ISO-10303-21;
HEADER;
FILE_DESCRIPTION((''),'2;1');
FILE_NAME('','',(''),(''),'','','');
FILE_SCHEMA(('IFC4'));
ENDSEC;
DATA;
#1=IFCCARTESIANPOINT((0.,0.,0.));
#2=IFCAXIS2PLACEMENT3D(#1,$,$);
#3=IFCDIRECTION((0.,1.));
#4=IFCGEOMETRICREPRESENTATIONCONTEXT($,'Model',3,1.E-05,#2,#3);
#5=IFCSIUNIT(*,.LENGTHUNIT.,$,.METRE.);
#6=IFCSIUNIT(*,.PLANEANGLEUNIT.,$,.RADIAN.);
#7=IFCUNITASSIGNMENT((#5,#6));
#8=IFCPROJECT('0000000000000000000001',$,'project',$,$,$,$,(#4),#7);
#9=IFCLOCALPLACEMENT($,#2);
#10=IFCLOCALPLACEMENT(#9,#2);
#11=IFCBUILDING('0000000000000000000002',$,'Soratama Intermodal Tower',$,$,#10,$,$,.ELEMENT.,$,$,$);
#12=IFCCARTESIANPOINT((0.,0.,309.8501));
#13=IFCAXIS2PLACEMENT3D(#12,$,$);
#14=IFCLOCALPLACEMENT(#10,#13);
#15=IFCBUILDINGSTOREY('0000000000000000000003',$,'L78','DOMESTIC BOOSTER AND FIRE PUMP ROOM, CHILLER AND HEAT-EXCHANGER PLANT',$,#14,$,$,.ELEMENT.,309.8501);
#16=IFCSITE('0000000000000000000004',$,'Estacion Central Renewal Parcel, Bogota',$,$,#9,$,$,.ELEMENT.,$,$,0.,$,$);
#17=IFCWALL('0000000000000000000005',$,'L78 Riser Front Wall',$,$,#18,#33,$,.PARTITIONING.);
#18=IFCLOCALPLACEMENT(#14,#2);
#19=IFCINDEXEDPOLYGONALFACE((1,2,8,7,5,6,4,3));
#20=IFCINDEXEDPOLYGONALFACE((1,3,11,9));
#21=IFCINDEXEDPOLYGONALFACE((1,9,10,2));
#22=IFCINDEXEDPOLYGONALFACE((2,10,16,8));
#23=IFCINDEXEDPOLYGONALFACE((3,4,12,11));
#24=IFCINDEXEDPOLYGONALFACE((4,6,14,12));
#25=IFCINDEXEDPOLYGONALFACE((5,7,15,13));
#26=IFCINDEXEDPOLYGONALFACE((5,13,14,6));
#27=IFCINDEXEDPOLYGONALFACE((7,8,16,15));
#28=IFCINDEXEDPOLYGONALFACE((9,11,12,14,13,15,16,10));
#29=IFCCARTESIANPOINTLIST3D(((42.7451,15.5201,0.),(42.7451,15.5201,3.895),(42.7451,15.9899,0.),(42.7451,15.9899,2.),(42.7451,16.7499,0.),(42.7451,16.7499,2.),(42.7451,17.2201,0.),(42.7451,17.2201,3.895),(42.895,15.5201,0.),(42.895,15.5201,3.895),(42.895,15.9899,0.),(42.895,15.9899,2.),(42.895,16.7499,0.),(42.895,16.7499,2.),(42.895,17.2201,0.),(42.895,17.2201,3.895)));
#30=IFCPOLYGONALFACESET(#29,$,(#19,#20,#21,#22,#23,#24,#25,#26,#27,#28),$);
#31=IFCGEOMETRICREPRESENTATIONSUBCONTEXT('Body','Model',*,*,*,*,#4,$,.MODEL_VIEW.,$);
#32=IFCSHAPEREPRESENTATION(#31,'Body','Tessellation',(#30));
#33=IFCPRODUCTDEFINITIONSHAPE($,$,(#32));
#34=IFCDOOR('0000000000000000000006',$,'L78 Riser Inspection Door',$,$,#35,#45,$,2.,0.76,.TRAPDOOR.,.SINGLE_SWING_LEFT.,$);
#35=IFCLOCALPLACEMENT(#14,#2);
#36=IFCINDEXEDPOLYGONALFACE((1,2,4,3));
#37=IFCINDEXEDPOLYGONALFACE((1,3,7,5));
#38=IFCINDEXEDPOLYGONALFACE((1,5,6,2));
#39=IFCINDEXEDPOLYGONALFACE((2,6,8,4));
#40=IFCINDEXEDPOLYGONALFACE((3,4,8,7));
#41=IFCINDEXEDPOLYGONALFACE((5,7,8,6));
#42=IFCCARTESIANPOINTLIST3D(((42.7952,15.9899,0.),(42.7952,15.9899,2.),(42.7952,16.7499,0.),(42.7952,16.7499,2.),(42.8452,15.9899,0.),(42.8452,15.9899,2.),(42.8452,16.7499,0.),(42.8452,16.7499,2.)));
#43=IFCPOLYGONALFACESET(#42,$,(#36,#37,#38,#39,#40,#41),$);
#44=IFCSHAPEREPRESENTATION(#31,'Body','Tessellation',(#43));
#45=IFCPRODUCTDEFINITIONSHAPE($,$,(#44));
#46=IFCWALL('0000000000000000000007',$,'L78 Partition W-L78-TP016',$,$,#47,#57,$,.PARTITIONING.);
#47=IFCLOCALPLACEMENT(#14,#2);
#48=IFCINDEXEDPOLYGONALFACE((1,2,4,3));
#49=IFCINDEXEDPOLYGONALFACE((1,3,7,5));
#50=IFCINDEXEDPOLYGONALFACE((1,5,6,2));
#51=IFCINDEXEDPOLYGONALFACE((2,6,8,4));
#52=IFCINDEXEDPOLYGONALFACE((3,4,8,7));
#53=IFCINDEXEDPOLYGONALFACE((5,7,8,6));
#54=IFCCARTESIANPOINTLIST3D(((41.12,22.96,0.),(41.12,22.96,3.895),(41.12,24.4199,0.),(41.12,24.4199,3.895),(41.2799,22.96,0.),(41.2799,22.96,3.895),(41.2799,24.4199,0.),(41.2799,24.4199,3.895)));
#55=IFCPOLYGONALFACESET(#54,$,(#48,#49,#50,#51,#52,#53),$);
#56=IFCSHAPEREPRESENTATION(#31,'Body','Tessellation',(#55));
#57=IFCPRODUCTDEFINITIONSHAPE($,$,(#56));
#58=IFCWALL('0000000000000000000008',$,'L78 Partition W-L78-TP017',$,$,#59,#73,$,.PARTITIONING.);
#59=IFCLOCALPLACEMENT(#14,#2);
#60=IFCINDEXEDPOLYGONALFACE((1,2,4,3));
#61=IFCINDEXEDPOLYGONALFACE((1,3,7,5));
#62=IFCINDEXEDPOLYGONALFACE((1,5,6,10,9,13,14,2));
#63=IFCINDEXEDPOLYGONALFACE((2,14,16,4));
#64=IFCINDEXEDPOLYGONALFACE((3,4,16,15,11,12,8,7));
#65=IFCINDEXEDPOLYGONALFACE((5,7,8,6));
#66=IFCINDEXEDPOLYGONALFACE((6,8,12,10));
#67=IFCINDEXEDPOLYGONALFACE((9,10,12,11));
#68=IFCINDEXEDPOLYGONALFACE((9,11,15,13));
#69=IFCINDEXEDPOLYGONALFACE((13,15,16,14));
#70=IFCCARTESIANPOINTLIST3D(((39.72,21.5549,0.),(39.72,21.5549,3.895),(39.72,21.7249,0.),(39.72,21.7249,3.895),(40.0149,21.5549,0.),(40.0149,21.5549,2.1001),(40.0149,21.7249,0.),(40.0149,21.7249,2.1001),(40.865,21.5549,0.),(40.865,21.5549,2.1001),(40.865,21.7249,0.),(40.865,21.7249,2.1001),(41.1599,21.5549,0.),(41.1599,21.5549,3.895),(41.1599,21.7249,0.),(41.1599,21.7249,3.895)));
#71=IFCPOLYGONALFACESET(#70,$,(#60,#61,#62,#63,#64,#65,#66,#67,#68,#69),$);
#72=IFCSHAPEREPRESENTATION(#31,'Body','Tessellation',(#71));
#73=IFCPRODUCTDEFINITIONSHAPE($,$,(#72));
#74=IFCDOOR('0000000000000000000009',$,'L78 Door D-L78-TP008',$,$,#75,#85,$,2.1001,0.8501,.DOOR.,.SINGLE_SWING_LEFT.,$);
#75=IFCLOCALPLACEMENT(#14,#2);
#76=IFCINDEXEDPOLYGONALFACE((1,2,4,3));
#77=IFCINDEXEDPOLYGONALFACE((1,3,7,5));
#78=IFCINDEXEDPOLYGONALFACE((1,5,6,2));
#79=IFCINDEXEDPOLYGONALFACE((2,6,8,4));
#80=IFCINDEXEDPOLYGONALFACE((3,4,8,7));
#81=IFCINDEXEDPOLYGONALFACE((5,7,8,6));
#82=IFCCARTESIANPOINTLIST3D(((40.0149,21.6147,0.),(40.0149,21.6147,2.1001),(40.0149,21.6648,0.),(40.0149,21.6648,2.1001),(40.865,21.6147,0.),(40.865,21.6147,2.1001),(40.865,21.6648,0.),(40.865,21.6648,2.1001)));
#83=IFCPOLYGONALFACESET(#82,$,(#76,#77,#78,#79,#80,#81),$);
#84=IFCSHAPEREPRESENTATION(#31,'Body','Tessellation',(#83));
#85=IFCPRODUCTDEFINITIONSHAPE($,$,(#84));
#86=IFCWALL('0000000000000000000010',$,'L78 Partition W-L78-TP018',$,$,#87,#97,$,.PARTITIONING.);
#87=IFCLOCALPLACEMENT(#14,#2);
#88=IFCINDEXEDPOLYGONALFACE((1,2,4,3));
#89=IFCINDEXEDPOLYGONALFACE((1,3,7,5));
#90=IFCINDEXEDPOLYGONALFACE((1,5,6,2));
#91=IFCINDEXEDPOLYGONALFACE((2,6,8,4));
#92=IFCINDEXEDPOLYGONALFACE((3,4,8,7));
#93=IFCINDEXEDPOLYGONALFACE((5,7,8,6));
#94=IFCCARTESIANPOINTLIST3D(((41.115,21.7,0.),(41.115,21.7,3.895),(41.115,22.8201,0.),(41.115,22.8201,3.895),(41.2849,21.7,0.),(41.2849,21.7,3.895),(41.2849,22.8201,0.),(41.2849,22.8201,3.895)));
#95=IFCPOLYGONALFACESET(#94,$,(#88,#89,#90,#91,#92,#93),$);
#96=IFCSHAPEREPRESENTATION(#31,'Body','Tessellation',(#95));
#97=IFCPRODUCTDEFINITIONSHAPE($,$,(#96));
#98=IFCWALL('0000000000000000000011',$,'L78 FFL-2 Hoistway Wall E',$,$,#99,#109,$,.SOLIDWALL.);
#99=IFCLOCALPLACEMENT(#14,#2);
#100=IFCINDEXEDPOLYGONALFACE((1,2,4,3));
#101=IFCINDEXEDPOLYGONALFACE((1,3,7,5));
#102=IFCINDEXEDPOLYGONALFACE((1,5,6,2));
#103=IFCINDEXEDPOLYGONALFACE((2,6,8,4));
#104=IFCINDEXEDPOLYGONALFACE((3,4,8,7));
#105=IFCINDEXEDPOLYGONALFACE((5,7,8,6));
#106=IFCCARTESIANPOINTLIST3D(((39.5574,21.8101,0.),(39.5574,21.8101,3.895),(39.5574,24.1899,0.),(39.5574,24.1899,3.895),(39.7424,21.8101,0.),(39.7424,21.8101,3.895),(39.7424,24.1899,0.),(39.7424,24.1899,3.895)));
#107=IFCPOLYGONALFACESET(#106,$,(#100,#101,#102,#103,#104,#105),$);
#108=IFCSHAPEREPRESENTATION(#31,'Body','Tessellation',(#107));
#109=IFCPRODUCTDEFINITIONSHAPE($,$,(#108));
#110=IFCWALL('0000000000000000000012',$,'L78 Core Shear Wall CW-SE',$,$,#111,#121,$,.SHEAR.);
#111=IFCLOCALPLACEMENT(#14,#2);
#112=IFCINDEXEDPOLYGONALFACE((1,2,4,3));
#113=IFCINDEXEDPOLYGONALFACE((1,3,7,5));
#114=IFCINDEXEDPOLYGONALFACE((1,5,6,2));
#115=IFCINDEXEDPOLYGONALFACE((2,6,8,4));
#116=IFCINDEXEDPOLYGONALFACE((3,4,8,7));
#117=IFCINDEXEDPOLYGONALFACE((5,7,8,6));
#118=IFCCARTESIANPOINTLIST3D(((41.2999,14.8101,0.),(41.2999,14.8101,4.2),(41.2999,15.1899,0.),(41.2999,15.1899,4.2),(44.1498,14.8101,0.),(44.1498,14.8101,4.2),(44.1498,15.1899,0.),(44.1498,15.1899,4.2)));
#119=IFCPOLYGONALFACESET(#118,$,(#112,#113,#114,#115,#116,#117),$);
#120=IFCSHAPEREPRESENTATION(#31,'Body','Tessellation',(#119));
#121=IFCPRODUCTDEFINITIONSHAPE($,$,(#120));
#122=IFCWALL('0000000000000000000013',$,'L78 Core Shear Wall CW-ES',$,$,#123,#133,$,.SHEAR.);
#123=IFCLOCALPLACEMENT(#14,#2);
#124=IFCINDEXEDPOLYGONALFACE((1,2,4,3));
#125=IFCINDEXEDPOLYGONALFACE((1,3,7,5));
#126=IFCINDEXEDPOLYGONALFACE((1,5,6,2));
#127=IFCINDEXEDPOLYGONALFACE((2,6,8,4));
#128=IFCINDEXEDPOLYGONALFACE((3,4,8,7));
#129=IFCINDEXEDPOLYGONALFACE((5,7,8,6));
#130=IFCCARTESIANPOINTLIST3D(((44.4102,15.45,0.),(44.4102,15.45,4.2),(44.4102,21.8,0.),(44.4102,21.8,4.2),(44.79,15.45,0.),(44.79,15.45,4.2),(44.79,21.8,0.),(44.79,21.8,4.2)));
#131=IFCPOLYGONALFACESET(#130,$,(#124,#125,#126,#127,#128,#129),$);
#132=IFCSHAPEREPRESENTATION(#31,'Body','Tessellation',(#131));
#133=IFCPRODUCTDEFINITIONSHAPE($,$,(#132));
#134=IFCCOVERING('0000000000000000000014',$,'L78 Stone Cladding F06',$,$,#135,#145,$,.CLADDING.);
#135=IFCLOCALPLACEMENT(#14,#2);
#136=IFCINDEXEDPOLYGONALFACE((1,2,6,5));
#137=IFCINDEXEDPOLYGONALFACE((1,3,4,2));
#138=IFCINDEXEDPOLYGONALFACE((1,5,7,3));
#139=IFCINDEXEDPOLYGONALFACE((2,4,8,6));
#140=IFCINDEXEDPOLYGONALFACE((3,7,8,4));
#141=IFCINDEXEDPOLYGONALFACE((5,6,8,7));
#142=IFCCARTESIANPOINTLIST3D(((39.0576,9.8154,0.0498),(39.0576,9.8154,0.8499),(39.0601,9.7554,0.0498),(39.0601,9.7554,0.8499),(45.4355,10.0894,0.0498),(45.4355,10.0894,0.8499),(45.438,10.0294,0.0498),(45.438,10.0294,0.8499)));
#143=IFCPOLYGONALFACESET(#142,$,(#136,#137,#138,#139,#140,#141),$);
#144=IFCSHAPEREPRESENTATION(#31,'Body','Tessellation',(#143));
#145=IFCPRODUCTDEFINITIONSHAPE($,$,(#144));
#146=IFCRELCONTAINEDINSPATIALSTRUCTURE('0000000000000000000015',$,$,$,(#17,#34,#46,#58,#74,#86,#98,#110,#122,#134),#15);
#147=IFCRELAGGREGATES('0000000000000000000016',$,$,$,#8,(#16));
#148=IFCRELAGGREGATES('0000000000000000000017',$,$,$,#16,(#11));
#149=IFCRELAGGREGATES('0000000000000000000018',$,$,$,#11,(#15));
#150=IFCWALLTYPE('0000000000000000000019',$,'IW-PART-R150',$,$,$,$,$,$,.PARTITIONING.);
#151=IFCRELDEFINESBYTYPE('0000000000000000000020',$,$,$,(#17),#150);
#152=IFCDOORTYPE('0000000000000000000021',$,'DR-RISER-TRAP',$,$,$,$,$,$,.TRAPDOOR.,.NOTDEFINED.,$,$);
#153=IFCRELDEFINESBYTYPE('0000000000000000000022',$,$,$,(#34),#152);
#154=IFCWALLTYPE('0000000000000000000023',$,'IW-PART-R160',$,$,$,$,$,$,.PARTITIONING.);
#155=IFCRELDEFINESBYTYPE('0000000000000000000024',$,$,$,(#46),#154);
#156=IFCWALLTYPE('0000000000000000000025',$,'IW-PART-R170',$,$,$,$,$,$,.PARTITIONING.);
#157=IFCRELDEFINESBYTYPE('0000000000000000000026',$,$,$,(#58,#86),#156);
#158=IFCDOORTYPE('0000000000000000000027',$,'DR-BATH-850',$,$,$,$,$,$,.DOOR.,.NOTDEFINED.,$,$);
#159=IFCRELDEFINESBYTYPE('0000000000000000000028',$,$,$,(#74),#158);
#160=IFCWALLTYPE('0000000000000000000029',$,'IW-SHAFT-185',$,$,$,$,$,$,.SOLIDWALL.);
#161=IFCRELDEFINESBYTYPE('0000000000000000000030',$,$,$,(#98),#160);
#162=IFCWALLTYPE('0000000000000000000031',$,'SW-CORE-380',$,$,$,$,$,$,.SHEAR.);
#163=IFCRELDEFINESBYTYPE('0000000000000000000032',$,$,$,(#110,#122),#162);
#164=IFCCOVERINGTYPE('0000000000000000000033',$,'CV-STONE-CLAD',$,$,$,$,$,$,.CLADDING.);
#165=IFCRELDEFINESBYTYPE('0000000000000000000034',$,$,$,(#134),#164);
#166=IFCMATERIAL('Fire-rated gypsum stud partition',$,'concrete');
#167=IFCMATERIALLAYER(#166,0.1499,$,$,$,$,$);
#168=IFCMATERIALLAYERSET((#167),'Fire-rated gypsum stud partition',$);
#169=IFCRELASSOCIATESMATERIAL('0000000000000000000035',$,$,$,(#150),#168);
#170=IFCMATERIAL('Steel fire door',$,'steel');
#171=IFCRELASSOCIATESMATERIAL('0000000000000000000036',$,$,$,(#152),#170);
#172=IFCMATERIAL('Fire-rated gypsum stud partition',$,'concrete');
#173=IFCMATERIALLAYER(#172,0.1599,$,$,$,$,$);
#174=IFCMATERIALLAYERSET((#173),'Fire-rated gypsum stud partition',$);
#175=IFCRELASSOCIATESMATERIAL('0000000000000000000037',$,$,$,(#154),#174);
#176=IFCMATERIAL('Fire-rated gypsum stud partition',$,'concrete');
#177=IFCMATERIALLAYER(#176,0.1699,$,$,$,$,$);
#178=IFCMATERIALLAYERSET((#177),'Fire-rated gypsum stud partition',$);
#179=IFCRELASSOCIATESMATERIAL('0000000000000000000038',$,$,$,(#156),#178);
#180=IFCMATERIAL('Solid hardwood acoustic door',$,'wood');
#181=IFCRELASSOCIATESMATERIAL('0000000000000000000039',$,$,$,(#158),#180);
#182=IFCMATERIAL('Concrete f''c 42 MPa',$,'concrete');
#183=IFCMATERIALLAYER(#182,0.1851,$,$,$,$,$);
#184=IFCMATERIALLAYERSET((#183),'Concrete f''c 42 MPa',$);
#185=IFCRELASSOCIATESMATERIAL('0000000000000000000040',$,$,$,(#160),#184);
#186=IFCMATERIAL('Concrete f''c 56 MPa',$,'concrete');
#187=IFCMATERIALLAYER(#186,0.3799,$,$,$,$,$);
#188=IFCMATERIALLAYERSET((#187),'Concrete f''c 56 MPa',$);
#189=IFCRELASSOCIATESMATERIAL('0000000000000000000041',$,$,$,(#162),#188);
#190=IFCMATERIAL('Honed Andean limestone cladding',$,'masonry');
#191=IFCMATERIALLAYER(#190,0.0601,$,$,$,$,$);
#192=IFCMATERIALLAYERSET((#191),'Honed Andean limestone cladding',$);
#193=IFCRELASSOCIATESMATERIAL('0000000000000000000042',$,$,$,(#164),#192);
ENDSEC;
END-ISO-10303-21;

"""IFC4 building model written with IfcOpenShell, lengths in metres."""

from ifc_helpers import new_model, si_unit, direction, frame, frame_2d, origin, origin_2d, place, context, subcontext, project, spatial, rectangle, extrude, material, layer, layer_set, type_object, element, fill, save


model = new_model("IFC4")

# Units and contexts
model_context = context("Model", 3, precision=1e-05, world=origin(), true_north=direction((0.0, 1.0)))
body_context = subcontext(model_context, "Body", "Model", "MODEL_VIEW")
ifc_project = project(units=[si_unit("LENGTHUNIT", "METRE"), si_unit("PLANEANGLEUNIT", "RADIAN")], contexts=[model_context])

# Site, building, storey
site_placement = place(None, origin())
site = spatial("IfcSite", under=ifc_project, at=site_placement, Name="Estacion Central Renewal Parcel, Bogota", CompositionType="ELEMENT", RefElevation=0.0)
building_placement = place(site_placement, origin())
building = spatial("IfcBuilding", under=site, at=building_placement, Name="Soratama Intermodal Tower", CompositionType="ELEMENT")
storey_placement = place(building_placement, frame((0.0, 0.0, 309.8501)))
storey = spatial("IfcBuildingStorey", under=building, at=storey_placement, Name="L78", Description="DOMESTIC BOOSTER AND FIRE PUMP ROOM, CHILLER AND HEAT-EXCHANGER PLANT", CompositionType="ELEMENT", Elevation=309.8501)

# Shared definitions
ifc_material_1 = material(Name="Fire-rated gypsum stud partition", Category="concrete")
ifc_layer_1 = layer(ifc_material_1, 0.1499)
ifc_layer_set_1 = layer_set([ifc_layer_1], Name="Fire-rated gypsum stud partition")
wall_type_1 = type_object("IfcWallType", Name="IW-PART-R150", PredefinedType="PARTITIONING", material=ifc_layer_set_1)

# Wall, opening, door
wall_1_placement = place(storey_placement, frame((42.8201, 15.52, 0.0), z_axis=(0.0, 0.0, 1.0), x_axis=(0.0, 1.0, 0.0)))
wall_1 = element("IfcWall", 1, at=wall_1_placement, inside=storey, type_object=wall_type_1, Name="L78 Riser Front Wall", PredefinedType="PARTITIONING", context=body_context, shape_type="SweptSolid", body=[
    extrude(rectangle(XDim=1.7, YDim=0.1499, at=frame_2d((0.8501, 0.0))), origin(), (0.0, 0.0, 1.0), 3.895),
])
opening_1_placement = place(wall_1_placement, frame((0.47, 0.0, 0.0)))
opening_1 = element("IfcOpeningElement", 2, at=opening_1_placement, cuts=wall_1, PredefinedType="OPENING", context=body_context, shape_type="SweptSolid", body=[
    extrude(rectangle(XDim=0.76, YDim=2.0, at=frame_2d((0.3799, 1.0))), frame((0.0, 0.085, 0.0), z_axis=(0.0, -1.0, 0.0), x_axis=(1.0, 0.0, 0.0)), (0.0, 0.0, 1.0), 0.1699),
])
ifc_material_2 = material(Name="Steel fire door", Category="steel")
door_type_1 = type_object("IfcDoorType", Name="DR-RISER-TRAP", OperationType="NOTDEFINED", PredefinedType="TRAPDOOR", material=ifc_material_2)
door_1_placement = place(opening_1_placement, origin())
door_1 = element("IfcDoor", 3, at=door_1_placement, inside=storey, type_object=door_type_1, Name="L78 Riser Inspection Door", OperationType="SINGLE_SWING_LEFT", OverallHeight=2.0, OverallWidth=0.76, PredefinedType="TRAPDOOR", context=body_context, shape_type="SweptSolid", body=[
    extrude(rectangle(XDim=0.76, YDim=2.0, at=frame_2d((0.3799, 1.0))), frame((0.0, 0.0249, 0.0), z_axis=(0.0, -1.0, 0.0), x_axis=(1.0, 0.0, 0.0)), (0.0, 0.0, 1.0), 0.05),
])
fill(opening_1, door_1)

# Wall
ifc_material_3 = material(Name="Fire-rated gypsum stud partition", Category="concrete")
ifc_layer_2 = layer(ifc_material_3, 0.1599)
ifc_layer_set_2 = layer_set([ifc_layer_2], Name="Fire-rated gypsum stud partition")
wall_type_2 = type_object("IfcWallType", Name="IW-PART-R160", PredefinedType="PARTITIONING", material=ifc_layer_set_2)
wall_2_placement = place(storey_placement, frame((41.2, 22.96, 0.0), z_axis=(0.0, 0.0, 1.0), x_axis=(0.0, 1.0, 0.0)))
element("IfcWall", 4, at=wall_2_placement, inside=storey, type_object=wall_type_2, Name="L78 Partition W-L78-TP016", PredefinedType="PARTITIONING", context=body_context, shape_type="SweptSolid", body=[
    extrude(rectangle(XDim=1.46, YDim=0.1599, at=frame_2d((0.73, 0.0))), origin(), (0.0, 0.0, 1.0), 3.895),
])

# Wall, opening, door
ifc_material_4 = material(Name="Fire-rated gypsum stud partition", Category="concrete")
ifc_layer_3 = layer(ifc_material_4, 0.1699)
ifc_layer_set_3 = layer_set([ifc_layer_3], Name="Fire-rated gypsum stud partition")
wall_type_3 = type_object("IfcWallType", Name="IW-PART-R170", PredefinedType="PARTITIONING", material=ifc_layer_set_3)
wall_3_placement = place(storey_placement, frame((39.72, 21.6399, 0.0), z_axis=(0.0, 0.0, 1.0), x_axis=(1.0, 0.0, 0.0)))
wall_3 = element("IfcWall", 5, at=wall_3_placement, inside=storey, type_object=wall_type_3, Name="L78 Partition W-L78-TP017", PredefinedType="PARTITIONING", context=body_context, shape_type="SweptSolid", body=[
    extrude(rectangle(XDim=1.4399, YDim=0.1699, at=frame_2d((0.72, 0.0))), origin(), (0.0, 0.0, 1.0), 3.895),
])
opening_2_placement = place(wall_3_placement, frame((0.2949, 0.0, 0.0)))
opening_2 = element("IfcOpeningElement", 6, at=opening_2_placement, cuts=wall_3, PredefinedType="OPENING", context=body_context, shape_type="SweptSolid", body=[
    extrude(rectangle(XDim=0.8501, YDim=2.1001, at=frame_2d((0.425, 1.05))), frame((0.0, 0.095, 0.0), z_axis=(0.0, -1.0, 0.0), x_axis=(1.0, 0.0, 0.0)), (0.0, 0.0, 1.0), 0.1899),
])
ifc_material_5 = material(Name="Solid hardwood acoustic door", Category="wood")
door_type_2 = type_object("IfcDoorType", Name="DR-BATH-850", OperationType="NOTDEFINED", PredefinedType="DOOR", material=ifc_material_5)
door_2_placement = place(opening_2_placement, origin())
door_2 = element("IfcDoor", 7, at=door_2_placement, inside=storey, type_object=door_type_2, Name="L78 Door D-L78-TP008", OperationType="SINGLE_SWING_LEFT", OverallHeight=2.1001, OverallWidth=0.8501, PredefinedType="DOOR", context=body_context, shape_type="SweptSolid", body=[
    extrude(rectangle(XDim=0.8501, YDim=2.1001, at=frame_2d((0.425, 1.05))), frame((0.0, 0.0249, 0.0), z_axis=(0.0, -1.0, 0.0), x_axis=(1.0, 0.0, 0.0)), (0.0, 0.0, 1.0), 0.05),
])
fill(opening_2, door_2)

# Walls
wall_4_placement = place(storey_placement, frame((41.2, 21.7, 0.0), z_axis=(0.0, 0.0, 1.0), x_axis=(0.0, 1.0, 0.0)))
element("IfcWall", 8, at=wall_4_placement, inside=storey, type_object=wall_type_3, Name="L78 Partition W-L78-TP018", PredefinedType="PARTITIONING", context=body_context, shape_type="SweptSolid", body=[
    extrude(rectangle(XDim=1.1201, YDim=0.1699, at=frame_2d((0.5601, 0.0))), origin(), (0.0, 0.0, 1.0), 3.895),
])
ifc_material_6 = material(Name="Concrete f'c 42 MPa", Category="concrete")
ifc_layer_4 = layer(ifc_material_6, 0.1851)
ifc_layer_set_4 = layer_set([ifc_layer_4], Name="Concrete f'c 42 MPa")
wall_type_4 = type_object("IfcWallType", Name="IW-SHAFT-185", PredefinedType="SOLIDWALL", material=ifc_layer_set_4)
wall_5_placement = place(storey_placement, frame((39.6499, 21.8101, 0.0), z_axis=(0.0, 0.0, 1.0), x_axis=(0.0, 1.0, 0.0)))
element("IfcWall", 9, at=wall_5_placement, inside=storey, type_object=wall_type_4, Name="L78 FFL-2 Hoistway Wall E", PredefinedType="SOLIDWALL", context=body_context, shape_type="SweptSolid", body=[
    extrude(rectangle(XDim=2.3799, YDim=0.1851, at=frame_2d((1.1899, 0.0))), origin(), (0.0, 0.0, 1.0), 3.895),
])
ifc_material_7 = material(Name="Concrete f'c 56 MPa", Category="concrete")
ifc_layer_5 = layer(ifc_material_7, 0.3799)
ifc_layer_set_5 = layer_set([ifc_layer_5], Name="Concrete f'c 56 MPa")
wall_type_5 = type_object("IfcWallType", Name="SW-CORE-380", PredefinedType="SHEAR", material=ifc_layer_set_5)
wall_6_placement = place(storey_placement, frame((41.3, 15.0, 0.0), z_axis=(0.0, 0.0, 1.0), x_axis=(1.0, 0.0, 0.0)))
element("IfcWall", 10, at=wall_6_placement, inside=storey, type_object=wall_type_5, Name="L78 Core Shear Wall CW-SE", PredefinedType="SHEAR", context=body_context, shape_type="SweptSolid", body=[
    extrude(rectangle(XDim=2.8499, YDim=0.3799, at=frame_2d((1.4248, 0.0))), origin(), (0.0, 0.0, 1.0), 4.2),
])
wall_7_placement = place(storey_placement, frame((44.6001, 15.45, 0.0), z_axis=(0.0, 0.0, 1.0), x_axis=(0.0, 1.0, 0.0)))
element("IfcWall", 11, at=wall_7_placement, inside=storey, type_object=wall_type_5, Name="L78 Core Shear Wall CW-ES", PredefinedType="SHEAR", context=body_context, shape_type="SweptSolid", body=[
    extrude(rectangle(XDim=6.3501, YDim=0.3799, at=frame_2d((3.175, 0.0))), origin(), (0.0, 0.0, 1.0), 4.2),
])

# Covering
ifc_material_8 = material(Name="Honed Andean limestone cladding", Category="masonry")
ifc_layer_6 = layer(ifc_material_8, 0.0601)
ifc_layer_set_6 = layer_set([ifc_layer_6], Name="Honed Andean limestone cladding")
covering_type = type_object("IfcCoveringType", Name="CV-STONE-CLAD", PredefinedType="CLADDING", material=ifc_layer_set_6)
covering_placement = place(storey_placement, frame((42.2478, 9.9224, 0.0498), z_axis=(0.0, 0.0, 1.0), x_axis=(0.999078, 0.042922, 0.0)))
element("IfcCovering", 12, at=covering_placement, inside=storey, type_object=covering_type, Name="L78 Stone Cladding F06", PredefinedType="CLADDING", context=body_context, shape_type="SweptSolid", body=[
    extrude(rectangle(XDim=6.3838, YDim=0.0601, at=origin_2d()), origin(), (0.0, 0.0, 1.0), 0.8),
])

save(model, "model.ifc")
